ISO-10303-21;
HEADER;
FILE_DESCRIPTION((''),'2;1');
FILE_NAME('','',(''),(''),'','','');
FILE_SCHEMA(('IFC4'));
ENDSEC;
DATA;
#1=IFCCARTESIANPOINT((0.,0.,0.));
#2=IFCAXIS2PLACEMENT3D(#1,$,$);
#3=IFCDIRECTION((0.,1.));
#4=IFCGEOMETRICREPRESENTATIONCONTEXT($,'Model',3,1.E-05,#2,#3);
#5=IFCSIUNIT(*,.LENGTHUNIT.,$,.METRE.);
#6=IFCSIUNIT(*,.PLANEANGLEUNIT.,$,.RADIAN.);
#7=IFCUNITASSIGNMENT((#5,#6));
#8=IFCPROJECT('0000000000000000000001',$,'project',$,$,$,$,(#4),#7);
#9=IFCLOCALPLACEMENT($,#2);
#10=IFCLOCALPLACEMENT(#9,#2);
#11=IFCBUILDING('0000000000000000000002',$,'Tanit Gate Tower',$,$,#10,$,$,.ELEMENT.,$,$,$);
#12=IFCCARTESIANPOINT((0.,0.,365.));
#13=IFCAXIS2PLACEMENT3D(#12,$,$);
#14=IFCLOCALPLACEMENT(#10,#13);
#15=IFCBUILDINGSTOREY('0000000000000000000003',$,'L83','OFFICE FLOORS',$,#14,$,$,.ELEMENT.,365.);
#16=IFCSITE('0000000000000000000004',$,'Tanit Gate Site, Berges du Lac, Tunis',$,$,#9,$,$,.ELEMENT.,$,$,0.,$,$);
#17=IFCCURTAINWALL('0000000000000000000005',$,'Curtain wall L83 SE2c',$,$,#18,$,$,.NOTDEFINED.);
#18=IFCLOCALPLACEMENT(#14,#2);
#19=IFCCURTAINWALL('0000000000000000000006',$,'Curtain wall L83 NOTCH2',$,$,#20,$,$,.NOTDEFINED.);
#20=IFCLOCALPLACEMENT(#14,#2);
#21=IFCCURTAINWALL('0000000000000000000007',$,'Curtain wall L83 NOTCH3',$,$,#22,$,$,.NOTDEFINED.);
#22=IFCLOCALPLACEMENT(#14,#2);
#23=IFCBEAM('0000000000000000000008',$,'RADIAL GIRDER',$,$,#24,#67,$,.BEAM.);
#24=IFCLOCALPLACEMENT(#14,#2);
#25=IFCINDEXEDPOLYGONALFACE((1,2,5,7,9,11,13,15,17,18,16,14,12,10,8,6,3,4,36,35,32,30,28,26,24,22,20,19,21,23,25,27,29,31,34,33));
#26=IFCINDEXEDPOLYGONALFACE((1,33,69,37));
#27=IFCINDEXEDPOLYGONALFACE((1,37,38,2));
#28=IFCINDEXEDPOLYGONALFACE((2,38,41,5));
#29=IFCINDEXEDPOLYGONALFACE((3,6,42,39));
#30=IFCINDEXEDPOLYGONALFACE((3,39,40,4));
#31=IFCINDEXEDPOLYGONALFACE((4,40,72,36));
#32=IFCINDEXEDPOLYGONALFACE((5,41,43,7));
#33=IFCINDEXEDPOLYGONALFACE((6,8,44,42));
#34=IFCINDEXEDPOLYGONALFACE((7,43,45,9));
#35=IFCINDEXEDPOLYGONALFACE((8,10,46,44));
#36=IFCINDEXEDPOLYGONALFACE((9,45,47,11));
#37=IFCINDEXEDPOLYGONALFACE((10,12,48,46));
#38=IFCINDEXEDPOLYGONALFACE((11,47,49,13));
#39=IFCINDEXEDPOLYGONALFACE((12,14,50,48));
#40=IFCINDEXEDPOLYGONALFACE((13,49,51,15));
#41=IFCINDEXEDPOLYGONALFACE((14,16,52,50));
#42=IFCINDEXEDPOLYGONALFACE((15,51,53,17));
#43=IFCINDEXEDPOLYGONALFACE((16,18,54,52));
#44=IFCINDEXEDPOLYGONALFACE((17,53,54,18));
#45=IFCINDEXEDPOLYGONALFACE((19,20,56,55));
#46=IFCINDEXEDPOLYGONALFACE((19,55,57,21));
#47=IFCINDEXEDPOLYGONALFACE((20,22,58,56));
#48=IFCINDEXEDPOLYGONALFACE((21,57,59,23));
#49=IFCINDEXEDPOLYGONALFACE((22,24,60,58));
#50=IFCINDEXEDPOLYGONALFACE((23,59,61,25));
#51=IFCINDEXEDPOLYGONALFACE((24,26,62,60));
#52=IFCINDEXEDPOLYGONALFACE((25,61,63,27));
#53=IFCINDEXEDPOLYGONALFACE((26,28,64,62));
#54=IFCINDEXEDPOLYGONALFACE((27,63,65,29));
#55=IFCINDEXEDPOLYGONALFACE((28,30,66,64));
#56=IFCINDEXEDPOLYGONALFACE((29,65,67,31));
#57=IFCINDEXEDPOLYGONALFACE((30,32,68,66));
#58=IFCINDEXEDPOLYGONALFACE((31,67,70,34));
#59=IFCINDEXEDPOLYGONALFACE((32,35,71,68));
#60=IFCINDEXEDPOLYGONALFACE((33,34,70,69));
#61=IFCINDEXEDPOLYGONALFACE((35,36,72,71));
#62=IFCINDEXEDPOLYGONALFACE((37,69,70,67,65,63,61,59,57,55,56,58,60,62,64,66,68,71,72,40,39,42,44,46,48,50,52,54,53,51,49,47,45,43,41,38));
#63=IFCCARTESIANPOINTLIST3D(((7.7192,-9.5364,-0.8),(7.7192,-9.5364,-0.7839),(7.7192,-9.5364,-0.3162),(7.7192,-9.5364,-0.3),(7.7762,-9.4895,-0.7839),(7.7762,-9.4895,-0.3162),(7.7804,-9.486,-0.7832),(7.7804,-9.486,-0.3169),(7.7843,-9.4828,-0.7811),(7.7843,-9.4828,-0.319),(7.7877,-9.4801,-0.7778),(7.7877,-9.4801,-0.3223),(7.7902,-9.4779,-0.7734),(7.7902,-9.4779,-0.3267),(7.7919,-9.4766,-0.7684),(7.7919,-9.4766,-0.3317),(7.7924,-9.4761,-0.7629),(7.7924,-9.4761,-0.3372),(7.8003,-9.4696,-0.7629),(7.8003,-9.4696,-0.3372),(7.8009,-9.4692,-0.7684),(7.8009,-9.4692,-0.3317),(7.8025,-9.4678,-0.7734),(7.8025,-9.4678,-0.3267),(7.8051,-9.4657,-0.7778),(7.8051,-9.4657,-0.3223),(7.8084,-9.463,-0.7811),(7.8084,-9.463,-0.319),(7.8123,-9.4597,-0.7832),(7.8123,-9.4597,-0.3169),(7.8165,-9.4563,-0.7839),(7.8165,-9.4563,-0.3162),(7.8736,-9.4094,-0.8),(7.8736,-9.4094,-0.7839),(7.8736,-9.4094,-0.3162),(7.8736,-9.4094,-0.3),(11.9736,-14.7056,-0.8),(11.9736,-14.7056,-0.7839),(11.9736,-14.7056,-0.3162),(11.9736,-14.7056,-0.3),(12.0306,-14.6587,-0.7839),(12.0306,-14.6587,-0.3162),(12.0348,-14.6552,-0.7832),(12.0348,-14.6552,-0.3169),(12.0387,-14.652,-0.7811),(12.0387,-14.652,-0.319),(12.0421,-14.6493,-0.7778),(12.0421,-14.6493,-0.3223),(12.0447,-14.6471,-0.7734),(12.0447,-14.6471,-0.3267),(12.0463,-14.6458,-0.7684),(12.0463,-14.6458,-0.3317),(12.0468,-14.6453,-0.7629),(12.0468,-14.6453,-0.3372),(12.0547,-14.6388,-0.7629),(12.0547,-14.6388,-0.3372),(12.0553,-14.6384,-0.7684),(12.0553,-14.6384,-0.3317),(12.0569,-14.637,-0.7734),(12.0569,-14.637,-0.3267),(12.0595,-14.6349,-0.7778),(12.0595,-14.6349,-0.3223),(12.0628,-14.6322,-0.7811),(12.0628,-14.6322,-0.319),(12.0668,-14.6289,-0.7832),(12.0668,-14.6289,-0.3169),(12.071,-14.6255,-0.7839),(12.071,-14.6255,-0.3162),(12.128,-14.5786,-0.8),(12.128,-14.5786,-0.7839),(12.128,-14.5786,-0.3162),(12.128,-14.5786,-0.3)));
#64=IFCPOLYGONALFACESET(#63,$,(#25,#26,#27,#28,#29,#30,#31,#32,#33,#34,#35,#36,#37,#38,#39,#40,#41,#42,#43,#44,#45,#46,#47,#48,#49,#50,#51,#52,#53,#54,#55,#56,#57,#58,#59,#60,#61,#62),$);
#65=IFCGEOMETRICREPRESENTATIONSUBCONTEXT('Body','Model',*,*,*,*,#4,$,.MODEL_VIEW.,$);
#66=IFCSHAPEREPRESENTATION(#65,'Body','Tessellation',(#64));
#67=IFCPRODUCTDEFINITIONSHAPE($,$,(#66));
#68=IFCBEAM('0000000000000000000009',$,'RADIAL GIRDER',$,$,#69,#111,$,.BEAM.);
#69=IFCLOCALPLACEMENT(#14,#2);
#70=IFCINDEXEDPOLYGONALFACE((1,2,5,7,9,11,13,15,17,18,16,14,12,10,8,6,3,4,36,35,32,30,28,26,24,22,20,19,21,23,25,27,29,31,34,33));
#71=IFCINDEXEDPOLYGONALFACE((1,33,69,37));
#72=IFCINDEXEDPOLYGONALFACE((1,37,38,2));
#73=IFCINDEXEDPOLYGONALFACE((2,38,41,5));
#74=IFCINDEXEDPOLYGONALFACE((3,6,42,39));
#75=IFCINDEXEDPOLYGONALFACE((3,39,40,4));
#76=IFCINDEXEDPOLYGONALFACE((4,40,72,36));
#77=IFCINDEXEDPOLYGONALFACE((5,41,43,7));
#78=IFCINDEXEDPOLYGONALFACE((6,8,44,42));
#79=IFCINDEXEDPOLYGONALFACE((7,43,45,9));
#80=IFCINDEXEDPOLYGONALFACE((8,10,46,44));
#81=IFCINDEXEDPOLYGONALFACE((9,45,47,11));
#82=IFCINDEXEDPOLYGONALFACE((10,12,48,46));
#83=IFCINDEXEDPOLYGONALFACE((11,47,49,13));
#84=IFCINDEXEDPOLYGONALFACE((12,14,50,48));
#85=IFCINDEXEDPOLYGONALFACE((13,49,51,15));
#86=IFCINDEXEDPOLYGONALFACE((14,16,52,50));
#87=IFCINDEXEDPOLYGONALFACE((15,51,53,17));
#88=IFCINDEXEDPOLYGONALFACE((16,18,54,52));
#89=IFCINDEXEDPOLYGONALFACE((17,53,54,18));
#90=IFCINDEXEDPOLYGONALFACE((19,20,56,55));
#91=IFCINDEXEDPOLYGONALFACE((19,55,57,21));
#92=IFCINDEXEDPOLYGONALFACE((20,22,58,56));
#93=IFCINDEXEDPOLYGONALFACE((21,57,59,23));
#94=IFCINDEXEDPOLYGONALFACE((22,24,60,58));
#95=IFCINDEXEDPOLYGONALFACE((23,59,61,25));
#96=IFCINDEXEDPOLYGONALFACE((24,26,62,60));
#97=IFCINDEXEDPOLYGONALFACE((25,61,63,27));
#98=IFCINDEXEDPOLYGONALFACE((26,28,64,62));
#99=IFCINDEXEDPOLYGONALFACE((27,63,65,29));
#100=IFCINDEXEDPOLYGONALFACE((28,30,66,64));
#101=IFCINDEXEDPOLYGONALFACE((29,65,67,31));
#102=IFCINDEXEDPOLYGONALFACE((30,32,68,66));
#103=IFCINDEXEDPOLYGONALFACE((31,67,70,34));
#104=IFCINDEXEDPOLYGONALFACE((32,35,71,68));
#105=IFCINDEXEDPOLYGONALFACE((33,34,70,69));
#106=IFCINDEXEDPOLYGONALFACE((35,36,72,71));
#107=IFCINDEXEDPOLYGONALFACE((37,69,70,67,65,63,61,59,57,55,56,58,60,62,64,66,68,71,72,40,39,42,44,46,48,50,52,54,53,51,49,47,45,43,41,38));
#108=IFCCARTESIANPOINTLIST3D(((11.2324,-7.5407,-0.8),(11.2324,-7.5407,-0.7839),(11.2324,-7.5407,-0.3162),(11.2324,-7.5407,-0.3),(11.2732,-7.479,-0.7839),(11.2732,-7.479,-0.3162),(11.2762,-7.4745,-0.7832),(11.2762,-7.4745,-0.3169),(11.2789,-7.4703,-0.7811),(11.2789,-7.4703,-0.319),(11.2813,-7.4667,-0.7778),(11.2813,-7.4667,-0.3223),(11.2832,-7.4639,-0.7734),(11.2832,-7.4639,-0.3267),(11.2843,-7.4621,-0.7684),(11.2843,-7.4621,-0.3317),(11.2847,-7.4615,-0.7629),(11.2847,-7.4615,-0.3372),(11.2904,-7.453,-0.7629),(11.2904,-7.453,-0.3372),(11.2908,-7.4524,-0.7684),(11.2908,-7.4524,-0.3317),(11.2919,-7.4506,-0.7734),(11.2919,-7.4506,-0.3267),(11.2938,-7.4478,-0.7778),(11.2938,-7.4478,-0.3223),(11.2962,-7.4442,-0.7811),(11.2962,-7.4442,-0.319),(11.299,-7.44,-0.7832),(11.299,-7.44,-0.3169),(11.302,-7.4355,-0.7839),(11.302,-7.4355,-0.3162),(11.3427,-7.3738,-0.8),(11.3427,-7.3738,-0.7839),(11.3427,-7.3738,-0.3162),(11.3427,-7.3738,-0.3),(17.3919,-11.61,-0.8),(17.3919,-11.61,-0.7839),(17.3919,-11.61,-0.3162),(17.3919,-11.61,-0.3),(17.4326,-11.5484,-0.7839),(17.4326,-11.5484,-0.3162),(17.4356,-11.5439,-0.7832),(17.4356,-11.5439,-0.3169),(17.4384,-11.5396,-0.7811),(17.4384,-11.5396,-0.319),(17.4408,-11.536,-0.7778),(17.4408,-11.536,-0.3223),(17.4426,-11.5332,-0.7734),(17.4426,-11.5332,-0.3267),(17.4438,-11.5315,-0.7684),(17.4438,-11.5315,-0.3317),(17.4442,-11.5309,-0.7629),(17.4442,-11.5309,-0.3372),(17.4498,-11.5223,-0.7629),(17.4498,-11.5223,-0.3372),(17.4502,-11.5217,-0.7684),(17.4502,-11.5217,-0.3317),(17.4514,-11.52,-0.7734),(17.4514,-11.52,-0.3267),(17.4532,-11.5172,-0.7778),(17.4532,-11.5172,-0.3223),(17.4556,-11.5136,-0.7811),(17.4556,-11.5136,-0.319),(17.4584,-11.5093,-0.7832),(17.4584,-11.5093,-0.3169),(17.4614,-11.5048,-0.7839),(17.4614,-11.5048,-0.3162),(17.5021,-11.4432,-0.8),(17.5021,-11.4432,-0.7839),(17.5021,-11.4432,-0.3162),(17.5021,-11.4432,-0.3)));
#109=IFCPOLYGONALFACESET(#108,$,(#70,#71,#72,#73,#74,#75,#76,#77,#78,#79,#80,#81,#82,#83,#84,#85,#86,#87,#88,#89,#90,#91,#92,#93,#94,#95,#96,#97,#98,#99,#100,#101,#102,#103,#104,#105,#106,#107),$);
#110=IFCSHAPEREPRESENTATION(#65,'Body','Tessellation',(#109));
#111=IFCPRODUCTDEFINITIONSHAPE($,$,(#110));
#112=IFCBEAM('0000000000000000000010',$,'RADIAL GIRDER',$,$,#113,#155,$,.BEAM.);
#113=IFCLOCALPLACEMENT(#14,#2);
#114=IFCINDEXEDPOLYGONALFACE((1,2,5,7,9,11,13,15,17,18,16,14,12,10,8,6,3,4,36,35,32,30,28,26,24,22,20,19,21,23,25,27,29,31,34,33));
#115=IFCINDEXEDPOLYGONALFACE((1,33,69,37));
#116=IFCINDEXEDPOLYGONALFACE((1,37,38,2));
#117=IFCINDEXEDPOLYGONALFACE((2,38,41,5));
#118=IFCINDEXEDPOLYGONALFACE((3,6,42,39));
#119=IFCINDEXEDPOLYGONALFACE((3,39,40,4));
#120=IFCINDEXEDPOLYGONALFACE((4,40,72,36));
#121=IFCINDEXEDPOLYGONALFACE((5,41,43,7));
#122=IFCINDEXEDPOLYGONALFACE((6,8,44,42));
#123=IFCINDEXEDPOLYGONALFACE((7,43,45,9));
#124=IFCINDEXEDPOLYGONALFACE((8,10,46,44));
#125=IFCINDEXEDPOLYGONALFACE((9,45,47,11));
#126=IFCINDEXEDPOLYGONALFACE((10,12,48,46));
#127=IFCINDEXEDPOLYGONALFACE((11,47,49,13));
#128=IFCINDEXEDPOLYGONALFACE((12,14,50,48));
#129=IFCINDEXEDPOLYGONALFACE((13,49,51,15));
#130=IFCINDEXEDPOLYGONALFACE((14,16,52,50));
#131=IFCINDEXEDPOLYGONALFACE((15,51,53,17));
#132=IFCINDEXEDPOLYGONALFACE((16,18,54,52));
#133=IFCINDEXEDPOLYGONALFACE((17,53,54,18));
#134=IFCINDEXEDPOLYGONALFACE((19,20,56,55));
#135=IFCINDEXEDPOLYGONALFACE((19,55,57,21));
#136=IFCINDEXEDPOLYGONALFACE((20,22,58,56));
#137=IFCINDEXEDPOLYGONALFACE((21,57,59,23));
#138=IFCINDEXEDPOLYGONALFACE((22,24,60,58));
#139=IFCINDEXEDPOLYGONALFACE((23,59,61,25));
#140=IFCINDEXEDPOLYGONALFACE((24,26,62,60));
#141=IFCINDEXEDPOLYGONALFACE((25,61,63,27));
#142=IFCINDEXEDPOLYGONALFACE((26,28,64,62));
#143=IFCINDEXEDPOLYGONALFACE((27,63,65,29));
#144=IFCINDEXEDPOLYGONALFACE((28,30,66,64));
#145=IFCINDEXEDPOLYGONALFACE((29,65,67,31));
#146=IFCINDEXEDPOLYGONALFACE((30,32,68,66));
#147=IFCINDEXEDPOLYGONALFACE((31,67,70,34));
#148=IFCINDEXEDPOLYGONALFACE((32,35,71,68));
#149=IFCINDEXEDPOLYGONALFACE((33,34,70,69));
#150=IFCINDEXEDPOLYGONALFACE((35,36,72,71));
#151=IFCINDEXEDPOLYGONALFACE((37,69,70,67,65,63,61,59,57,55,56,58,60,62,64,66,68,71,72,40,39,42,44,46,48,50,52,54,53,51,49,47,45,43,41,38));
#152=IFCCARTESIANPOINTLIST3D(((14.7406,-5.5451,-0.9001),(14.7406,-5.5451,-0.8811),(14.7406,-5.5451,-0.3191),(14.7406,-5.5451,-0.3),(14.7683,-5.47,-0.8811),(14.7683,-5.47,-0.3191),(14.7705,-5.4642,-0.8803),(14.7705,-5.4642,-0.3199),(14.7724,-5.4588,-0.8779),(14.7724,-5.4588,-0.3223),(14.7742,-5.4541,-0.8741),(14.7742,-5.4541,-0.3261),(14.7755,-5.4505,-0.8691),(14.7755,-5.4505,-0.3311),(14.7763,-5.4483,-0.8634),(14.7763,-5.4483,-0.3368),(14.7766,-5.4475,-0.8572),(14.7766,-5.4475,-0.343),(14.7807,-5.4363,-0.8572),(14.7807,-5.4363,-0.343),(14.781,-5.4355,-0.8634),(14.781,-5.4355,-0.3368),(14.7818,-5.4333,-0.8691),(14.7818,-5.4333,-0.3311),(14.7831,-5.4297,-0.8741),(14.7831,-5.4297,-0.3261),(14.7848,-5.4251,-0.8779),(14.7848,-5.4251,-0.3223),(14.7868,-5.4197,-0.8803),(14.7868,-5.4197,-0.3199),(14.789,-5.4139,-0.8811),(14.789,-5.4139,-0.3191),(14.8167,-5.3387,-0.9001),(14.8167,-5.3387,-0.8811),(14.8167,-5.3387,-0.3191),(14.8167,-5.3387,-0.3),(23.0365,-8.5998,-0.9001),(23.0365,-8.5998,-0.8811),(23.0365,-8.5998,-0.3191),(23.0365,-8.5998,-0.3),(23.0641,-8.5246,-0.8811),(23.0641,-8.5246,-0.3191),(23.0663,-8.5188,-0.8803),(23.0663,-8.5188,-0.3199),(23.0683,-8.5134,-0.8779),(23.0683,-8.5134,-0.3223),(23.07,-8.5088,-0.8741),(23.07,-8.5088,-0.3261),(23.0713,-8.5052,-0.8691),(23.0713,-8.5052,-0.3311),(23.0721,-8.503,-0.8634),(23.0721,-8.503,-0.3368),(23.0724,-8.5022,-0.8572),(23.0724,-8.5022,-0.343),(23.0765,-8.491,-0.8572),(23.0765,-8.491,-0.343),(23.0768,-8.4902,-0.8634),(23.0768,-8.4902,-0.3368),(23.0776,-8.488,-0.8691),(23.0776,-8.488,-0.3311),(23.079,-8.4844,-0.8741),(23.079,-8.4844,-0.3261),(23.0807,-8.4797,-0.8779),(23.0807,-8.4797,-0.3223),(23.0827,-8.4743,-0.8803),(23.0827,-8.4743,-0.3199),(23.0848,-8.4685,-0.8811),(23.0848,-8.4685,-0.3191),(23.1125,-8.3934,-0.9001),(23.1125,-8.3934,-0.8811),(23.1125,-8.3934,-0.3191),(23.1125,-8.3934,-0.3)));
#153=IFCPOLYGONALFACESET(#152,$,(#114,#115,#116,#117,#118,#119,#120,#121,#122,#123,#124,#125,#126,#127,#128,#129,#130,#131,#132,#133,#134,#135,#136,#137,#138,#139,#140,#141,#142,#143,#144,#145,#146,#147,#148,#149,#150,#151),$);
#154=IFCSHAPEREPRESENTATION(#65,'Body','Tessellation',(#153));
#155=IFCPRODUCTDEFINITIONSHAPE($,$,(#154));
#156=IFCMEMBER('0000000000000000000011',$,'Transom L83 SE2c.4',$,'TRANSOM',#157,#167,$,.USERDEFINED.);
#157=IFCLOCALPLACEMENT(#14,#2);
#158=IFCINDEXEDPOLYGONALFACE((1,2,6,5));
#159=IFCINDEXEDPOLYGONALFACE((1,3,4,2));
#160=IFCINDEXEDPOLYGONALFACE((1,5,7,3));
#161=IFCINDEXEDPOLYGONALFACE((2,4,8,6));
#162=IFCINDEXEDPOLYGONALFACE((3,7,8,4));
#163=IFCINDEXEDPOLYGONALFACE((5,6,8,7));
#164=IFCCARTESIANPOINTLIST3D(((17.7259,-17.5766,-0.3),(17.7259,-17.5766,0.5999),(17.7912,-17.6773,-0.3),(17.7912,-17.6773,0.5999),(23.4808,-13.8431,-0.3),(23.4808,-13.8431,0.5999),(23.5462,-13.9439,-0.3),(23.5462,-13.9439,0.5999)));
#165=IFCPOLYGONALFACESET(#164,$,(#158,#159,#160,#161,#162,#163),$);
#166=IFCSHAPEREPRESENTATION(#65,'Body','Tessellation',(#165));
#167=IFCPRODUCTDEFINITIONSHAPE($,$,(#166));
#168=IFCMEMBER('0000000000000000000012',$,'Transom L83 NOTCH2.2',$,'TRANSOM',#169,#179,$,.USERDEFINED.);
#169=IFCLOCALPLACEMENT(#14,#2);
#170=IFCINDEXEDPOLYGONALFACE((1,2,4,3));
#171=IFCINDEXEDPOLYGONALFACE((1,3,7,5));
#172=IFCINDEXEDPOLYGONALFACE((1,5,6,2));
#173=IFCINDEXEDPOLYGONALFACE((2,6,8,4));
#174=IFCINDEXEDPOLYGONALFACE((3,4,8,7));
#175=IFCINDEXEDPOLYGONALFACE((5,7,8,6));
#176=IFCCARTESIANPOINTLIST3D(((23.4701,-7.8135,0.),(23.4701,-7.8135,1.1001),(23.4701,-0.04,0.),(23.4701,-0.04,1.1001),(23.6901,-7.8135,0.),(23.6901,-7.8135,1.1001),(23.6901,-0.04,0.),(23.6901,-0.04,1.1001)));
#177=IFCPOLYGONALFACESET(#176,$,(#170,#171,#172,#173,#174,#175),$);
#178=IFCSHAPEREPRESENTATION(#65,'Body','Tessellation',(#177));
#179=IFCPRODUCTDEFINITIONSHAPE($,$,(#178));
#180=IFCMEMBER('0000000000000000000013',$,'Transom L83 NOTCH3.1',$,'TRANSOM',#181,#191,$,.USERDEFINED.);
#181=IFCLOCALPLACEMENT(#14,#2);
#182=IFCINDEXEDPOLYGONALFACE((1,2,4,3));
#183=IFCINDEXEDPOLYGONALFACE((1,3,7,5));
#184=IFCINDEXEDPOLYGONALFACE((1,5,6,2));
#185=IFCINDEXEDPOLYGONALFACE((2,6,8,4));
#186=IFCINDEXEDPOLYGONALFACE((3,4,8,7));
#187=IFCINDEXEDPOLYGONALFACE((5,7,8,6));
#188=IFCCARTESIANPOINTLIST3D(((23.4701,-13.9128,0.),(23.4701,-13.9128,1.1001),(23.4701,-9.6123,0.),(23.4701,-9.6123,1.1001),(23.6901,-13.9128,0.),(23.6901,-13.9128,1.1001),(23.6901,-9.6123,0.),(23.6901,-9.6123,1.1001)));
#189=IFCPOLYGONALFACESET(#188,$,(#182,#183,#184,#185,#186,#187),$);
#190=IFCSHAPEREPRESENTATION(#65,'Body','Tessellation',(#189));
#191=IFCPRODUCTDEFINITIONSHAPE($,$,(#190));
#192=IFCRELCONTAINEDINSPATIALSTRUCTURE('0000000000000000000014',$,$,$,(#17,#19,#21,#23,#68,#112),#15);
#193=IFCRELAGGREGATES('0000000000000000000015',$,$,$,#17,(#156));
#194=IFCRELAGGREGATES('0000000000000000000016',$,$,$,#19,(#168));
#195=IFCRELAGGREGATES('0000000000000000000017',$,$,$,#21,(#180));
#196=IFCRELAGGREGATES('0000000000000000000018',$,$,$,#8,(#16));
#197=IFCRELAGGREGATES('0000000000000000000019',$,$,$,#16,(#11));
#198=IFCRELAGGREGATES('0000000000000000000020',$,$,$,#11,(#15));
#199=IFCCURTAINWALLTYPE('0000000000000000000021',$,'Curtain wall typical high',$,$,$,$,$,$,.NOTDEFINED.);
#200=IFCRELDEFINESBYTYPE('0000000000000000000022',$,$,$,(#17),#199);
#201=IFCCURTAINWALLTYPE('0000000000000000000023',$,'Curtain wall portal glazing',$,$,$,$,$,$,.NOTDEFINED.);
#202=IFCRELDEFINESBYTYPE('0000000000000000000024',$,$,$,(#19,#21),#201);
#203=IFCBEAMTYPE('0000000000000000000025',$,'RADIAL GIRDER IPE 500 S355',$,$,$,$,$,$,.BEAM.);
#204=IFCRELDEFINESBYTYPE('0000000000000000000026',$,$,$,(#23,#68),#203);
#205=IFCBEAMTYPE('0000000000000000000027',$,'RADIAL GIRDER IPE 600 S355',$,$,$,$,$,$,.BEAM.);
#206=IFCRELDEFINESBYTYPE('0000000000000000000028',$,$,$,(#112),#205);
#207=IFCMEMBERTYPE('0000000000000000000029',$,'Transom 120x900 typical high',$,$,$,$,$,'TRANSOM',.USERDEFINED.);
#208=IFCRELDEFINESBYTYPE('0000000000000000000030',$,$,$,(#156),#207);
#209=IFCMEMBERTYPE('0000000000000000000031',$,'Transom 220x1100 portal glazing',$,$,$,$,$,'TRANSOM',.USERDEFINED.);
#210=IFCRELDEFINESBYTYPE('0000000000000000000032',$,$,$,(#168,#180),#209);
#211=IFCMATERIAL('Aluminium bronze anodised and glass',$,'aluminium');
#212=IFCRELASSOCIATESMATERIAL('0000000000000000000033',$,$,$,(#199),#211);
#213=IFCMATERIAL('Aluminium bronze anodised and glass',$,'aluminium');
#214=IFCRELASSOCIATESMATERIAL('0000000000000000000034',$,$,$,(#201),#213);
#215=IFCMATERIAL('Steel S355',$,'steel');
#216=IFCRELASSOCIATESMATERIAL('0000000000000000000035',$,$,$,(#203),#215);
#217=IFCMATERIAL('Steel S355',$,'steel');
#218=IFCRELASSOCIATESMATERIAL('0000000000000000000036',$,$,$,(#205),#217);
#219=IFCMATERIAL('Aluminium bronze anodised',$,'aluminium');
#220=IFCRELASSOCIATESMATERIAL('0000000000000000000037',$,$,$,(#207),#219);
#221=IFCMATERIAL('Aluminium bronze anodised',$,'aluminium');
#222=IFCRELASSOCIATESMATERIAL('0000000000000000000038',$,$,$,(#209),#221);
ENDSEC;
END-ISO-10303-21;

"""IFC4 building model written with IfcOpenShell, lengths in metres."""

from ifc_helpers import new_model, si_unit, direction, frame, origin, origin_2d, place, context, subcontext, project, spatial, rectangle, i_section, extrude, material, material_profile, profile_set, type_object, element, aggregate, save


model = new_model("IFC4")

# Units and contexts
model_context = context("Model", 3, precision=1e-05, world=origin(), true_north=direction((0.0, 1.0)))
body_context = subcontext(model_context, "Body", "Model", "MODEL_VIEW")
ifc_project = project(units=[si_unit("LENGTHUNIT", "METRE"), si_unit("PLANEANGLEUNIT", "RADIAN")], contexts=[model_context])

# Site, building, storey
site_placement = place(None, origin())
site = spatial("IfcSite", under=ifc_project, at=site_placement, Name="Tanit Gate Site, Berges du Lac, Tunis", CompositionType="ELEMENT", RefElevation=0.0)
building_placement = place(site_placement, origin())
building = spatial("IfcBuilding", under=site, at=building_placement, Name="Tanit Gate Tower", CompositionType="ELEMENT")
storey_placement = place(building_placement, frame((0.0, 0.0, 365.0)))
storey = spatial("IfcBuildingStorey", under=building, at=storey_placement, Name="L83", Description="OFFICE FLOORS", CompositionType="ELEMENT", Elevation=365.0)

# Curtain wall
ifc_material_1 = material(Name="Aluminium bronze anodised and glass", Category="aluminium")
curtain_wall_type_1 = type_object("IfcCurtainWallType", Name="Curtain wall typical high", PredefinedType="NOTDEFINED", material=ifc_material_1)
curtain_wall_1_placement = place(storey_placement, origin())
curtain_wall_1 = element("IfcCurtainWall", 1, at=curtain_wall_1_placement, inside=storey, type_object=curtain_wall_type_1, Name="Curtain wall L83 SE2c", PredefinedType="NOTDEFINED")

# Curtain wall
ifc_material_2 = material(Name="Aluminium bronze anodised and glass", Category="aluminium")
curtain_wall_type_2 = type_object("IfcCurtainWallType", Name="Curtain wall portal glazing", PredefinedType="NOTDEFINED", material=ifc_material_2)
curtain_wall_2_placement = place(storey_placement, origin())
curtain_wall_2 = element("IfcCurtainWall", 2, at=curtain_wall_2_placement, inside=storey, type_object=curtain_wall_type_2, Name="Curtain wall L83 NOTCH2", PredefinedType="NOTDEFINED")

# Curtain wall
curtain_wall_3_placement = place(storey_placement, origin())
curtain_wall_3 = element("IfcCurtainWall", 3, at=curtain_wall_3_placement, inside=storey, type_object=curtain_wall_type_2, Name="Curtain wall L83 NOTCH3", PredefinedType="NOTDEFINED")

# Beams
ifc_material_3 = material(Name="Steel S355", Category="steel")
ifc_material_profile_1 = material_profile(ifc_material_3, i_section(OverallWidth=0.2, OverallDepth=0.5, WebThickness=0.0103, FlangeThickness=0.0161, FilletRadius=0.021, at=origin_2d()), Name="IPE 500")
ifc_profile_set_1 = profile_set([ifc_material_profile_1], Name="Steel S355")
beam_type_1 = type_object("IfcBeamType", Name="RADIAL GIRDER IPE 500 S355", PredefinedType="BEAM", material=ifc_profile_set_1)
beam_1_placement = place(storey_placement, frame((12.0508, -14.6421, -0.55), z_axis=(-0.635477, 0.77212, 0.0), x_axis=(-0.77212, -0.635477, 0.0)))
element("IfcBeam", 4, at=beam_1_placement, inside=storey, type_object=beam_type_1, Name="RADIAL GIRDER", PredefinedType="BEAM", context=body_context, shape_type="SweptSolid", body=[
    extrude(i_section(OverallWidth=0.2, OverallDepth=0.5, WebThickness=0.0103, FlangeThickness=0.0161, FilletRadius=0.021, at=origin_2d()), origin(), (0.0, 0.0, 1.0), 6.6948),
])
beam_2_placement = place(storey_placement, frame((17.447, -11.5266, -0.55), z_axis=(-0.834353, 0.551231, 0.0), x_axis=(-0.551231, -0.834353, 0.0)))
element("IfcBeam", 5, at=beam_2_placement, inside=storey, type_object=beam_type_1, Name="RADIAL GIRDER", PredefinedType="BEAM", context=body_context, shape_type="SweptSolid", body=[
    extrude(i_section(OverallWidth=0.2, OverallDepth=0.5, WebThickness=0.0103, FlangeThickness=0.0161, FilletRadius=0.021, at=origin_2d()), origin(), (0.0, 0.0, 1.0), 7.3823),
])
ifc_material_4 = material(Name="Steel S355", Category="steel")
ifc_material_profile_2 = material_profile(ifc_material_4, i_section(OverallWidth=0.22, OverallDepth=0.6001, WebThickness=0.012, FlangeThickness=0.019, FilletRadius=0.0239, at=origin_2d()), Name="IPE 600")
ifc_profile_set_2 = profile_set([ifc_material_profile_2], Name="Steel S355")
beam_type_2 = type_object("IfcBeamType", Name="RADIAL GIRDER IPE 600 S355", PredefinedType="BEAM", material=ifc_profile_set_2)
beam_3_placement = place(storey_placement, frame((23.0745, -8.4966, -0.6001), z_axis=(-0.938405, 0.345536, 0.0), x_axis=(-0.345536, -0.938405, 0.0)))
element("IfcBeam", 6, at=beam_3_placement, inside=storey, type_object=beam_type_2, Name="RADIAL GIRDER", PredefinedType="BEAM", context=body_context, shape_type="SweptSolid", body=[
    extrude(i_section(OverallWidth=0.22, OverallDepth=0.6001, WebThickness=0.012, FlangeThickness=0.019, FilletRadius=0.0239, at=origin_2d()), origin(), (0.0, 0.0, 1.0), 8.8403),
])

# Members
ifc_material_5 = material(Name="Aluminium bronze anodised", Category="aluminium")
ifc_material_profile_3 = material_profile(ifc_material_5, rectangle(XDim=0.1201, YDim=0.8999, at=origin_2d()), Name="120x900 bronze transom")
ifc_profile_set_3 = profile_set([ifc_material_profile_3], Name="Aluminium bronze anodised")
member_type_1 = type_object("IfcMemberType", Name="Transom 120x900 typical high", ElementType="TRANSOM", PredefinedType="USERDEFINED", material=ifc_profile_set_3)
member_1_placement = place(storey_placement, frame((17.7585, -17.627, 0.1499), z_axis=(0.838928, 0.544243, 0.0), x_axis=(-0.544243, 0.838928, 0.0)))
member_1 = element("IfcMember", 7, at=member_1_placement, type_object=member_type_1, Name="Transom L83 SE2c.4", ObjectType="TRANSOM", PredefinedType="USERDEFINED", context=body_context, shape_type="SweptSolid", body=[
    extrude(rectangle(XDim=0.1201, YDim=0.8999, at=origin_2d()), origin(), (0.0, 0.0, 1.0), 6.8599),
])
ifc_material_6 = material(Name="Aluminium bronze anodised", Category="aluminium")
ifc_material_profile_4 = material_profile(ifc_material_6, rectangle(XDim=0.22, YDim=1.1001, at=origin_2d()), Name="220x1100 bronze transom")
ifc_profile_set_4 = profile_set([ifc_material_profile_4], Name="Aluminium bronze anodised")
member_type_2 = type_object("IfcMemberType", Name="Transom 220x1100 portal glazing", ElementType="TRANSOM", PredefinedType="USERDEFINED", material=ifc_profile_set_4)
member_2_placement = place(storey_placement, frame((23.5801, -0.04, 0.55), z_axis=(0.0, -1.0, 0.0), x_axis=(1.0, 0.0, 0.0)))
member_2 = element("IfcMember", 8, at=member_2_placement, type_object=member_type_2, Name="Transom L83 NOTCH2.2", ObjectType="TRANSOM", PredefinedType="USERDEFINED", context=body_context, shape_type="SweptSolid", body=[
    extrude(rectangle(XDim=0.22, YDim=1.1001, at=origin_2d()), origin(), (0.0, 0.0, 1.0), 7.7734),
])
member_3_placement = place(storey_placement, frame((23.5801, -9.6123, 0.55), z_axis=(0.0, -1.0, 0.0), x_axis=(1.0, 0.0, 0.0)))
member_3 = element("IfcMember", 9, at=member_3_placement, type_object=member_type_2, Name="Transom L83 NOTCH3.1", ObjectType="TRANSOM", PredefinedType="USERDEFINED", context=body_context, shape_type="SweptSolid", body=[
    extrude(rectangle(XDim=0.22, YDim=1.1001, at=origin_2d()), origin(), (0.0, 0.0, 1.0), 4.3005),
])

aggregate(curtain_wall_1, [member_1])
aggregate(curtain_wall_2, [member_2])
aggregate(curtain_wall_3, [member_3])

save(model, "model.ifc")
